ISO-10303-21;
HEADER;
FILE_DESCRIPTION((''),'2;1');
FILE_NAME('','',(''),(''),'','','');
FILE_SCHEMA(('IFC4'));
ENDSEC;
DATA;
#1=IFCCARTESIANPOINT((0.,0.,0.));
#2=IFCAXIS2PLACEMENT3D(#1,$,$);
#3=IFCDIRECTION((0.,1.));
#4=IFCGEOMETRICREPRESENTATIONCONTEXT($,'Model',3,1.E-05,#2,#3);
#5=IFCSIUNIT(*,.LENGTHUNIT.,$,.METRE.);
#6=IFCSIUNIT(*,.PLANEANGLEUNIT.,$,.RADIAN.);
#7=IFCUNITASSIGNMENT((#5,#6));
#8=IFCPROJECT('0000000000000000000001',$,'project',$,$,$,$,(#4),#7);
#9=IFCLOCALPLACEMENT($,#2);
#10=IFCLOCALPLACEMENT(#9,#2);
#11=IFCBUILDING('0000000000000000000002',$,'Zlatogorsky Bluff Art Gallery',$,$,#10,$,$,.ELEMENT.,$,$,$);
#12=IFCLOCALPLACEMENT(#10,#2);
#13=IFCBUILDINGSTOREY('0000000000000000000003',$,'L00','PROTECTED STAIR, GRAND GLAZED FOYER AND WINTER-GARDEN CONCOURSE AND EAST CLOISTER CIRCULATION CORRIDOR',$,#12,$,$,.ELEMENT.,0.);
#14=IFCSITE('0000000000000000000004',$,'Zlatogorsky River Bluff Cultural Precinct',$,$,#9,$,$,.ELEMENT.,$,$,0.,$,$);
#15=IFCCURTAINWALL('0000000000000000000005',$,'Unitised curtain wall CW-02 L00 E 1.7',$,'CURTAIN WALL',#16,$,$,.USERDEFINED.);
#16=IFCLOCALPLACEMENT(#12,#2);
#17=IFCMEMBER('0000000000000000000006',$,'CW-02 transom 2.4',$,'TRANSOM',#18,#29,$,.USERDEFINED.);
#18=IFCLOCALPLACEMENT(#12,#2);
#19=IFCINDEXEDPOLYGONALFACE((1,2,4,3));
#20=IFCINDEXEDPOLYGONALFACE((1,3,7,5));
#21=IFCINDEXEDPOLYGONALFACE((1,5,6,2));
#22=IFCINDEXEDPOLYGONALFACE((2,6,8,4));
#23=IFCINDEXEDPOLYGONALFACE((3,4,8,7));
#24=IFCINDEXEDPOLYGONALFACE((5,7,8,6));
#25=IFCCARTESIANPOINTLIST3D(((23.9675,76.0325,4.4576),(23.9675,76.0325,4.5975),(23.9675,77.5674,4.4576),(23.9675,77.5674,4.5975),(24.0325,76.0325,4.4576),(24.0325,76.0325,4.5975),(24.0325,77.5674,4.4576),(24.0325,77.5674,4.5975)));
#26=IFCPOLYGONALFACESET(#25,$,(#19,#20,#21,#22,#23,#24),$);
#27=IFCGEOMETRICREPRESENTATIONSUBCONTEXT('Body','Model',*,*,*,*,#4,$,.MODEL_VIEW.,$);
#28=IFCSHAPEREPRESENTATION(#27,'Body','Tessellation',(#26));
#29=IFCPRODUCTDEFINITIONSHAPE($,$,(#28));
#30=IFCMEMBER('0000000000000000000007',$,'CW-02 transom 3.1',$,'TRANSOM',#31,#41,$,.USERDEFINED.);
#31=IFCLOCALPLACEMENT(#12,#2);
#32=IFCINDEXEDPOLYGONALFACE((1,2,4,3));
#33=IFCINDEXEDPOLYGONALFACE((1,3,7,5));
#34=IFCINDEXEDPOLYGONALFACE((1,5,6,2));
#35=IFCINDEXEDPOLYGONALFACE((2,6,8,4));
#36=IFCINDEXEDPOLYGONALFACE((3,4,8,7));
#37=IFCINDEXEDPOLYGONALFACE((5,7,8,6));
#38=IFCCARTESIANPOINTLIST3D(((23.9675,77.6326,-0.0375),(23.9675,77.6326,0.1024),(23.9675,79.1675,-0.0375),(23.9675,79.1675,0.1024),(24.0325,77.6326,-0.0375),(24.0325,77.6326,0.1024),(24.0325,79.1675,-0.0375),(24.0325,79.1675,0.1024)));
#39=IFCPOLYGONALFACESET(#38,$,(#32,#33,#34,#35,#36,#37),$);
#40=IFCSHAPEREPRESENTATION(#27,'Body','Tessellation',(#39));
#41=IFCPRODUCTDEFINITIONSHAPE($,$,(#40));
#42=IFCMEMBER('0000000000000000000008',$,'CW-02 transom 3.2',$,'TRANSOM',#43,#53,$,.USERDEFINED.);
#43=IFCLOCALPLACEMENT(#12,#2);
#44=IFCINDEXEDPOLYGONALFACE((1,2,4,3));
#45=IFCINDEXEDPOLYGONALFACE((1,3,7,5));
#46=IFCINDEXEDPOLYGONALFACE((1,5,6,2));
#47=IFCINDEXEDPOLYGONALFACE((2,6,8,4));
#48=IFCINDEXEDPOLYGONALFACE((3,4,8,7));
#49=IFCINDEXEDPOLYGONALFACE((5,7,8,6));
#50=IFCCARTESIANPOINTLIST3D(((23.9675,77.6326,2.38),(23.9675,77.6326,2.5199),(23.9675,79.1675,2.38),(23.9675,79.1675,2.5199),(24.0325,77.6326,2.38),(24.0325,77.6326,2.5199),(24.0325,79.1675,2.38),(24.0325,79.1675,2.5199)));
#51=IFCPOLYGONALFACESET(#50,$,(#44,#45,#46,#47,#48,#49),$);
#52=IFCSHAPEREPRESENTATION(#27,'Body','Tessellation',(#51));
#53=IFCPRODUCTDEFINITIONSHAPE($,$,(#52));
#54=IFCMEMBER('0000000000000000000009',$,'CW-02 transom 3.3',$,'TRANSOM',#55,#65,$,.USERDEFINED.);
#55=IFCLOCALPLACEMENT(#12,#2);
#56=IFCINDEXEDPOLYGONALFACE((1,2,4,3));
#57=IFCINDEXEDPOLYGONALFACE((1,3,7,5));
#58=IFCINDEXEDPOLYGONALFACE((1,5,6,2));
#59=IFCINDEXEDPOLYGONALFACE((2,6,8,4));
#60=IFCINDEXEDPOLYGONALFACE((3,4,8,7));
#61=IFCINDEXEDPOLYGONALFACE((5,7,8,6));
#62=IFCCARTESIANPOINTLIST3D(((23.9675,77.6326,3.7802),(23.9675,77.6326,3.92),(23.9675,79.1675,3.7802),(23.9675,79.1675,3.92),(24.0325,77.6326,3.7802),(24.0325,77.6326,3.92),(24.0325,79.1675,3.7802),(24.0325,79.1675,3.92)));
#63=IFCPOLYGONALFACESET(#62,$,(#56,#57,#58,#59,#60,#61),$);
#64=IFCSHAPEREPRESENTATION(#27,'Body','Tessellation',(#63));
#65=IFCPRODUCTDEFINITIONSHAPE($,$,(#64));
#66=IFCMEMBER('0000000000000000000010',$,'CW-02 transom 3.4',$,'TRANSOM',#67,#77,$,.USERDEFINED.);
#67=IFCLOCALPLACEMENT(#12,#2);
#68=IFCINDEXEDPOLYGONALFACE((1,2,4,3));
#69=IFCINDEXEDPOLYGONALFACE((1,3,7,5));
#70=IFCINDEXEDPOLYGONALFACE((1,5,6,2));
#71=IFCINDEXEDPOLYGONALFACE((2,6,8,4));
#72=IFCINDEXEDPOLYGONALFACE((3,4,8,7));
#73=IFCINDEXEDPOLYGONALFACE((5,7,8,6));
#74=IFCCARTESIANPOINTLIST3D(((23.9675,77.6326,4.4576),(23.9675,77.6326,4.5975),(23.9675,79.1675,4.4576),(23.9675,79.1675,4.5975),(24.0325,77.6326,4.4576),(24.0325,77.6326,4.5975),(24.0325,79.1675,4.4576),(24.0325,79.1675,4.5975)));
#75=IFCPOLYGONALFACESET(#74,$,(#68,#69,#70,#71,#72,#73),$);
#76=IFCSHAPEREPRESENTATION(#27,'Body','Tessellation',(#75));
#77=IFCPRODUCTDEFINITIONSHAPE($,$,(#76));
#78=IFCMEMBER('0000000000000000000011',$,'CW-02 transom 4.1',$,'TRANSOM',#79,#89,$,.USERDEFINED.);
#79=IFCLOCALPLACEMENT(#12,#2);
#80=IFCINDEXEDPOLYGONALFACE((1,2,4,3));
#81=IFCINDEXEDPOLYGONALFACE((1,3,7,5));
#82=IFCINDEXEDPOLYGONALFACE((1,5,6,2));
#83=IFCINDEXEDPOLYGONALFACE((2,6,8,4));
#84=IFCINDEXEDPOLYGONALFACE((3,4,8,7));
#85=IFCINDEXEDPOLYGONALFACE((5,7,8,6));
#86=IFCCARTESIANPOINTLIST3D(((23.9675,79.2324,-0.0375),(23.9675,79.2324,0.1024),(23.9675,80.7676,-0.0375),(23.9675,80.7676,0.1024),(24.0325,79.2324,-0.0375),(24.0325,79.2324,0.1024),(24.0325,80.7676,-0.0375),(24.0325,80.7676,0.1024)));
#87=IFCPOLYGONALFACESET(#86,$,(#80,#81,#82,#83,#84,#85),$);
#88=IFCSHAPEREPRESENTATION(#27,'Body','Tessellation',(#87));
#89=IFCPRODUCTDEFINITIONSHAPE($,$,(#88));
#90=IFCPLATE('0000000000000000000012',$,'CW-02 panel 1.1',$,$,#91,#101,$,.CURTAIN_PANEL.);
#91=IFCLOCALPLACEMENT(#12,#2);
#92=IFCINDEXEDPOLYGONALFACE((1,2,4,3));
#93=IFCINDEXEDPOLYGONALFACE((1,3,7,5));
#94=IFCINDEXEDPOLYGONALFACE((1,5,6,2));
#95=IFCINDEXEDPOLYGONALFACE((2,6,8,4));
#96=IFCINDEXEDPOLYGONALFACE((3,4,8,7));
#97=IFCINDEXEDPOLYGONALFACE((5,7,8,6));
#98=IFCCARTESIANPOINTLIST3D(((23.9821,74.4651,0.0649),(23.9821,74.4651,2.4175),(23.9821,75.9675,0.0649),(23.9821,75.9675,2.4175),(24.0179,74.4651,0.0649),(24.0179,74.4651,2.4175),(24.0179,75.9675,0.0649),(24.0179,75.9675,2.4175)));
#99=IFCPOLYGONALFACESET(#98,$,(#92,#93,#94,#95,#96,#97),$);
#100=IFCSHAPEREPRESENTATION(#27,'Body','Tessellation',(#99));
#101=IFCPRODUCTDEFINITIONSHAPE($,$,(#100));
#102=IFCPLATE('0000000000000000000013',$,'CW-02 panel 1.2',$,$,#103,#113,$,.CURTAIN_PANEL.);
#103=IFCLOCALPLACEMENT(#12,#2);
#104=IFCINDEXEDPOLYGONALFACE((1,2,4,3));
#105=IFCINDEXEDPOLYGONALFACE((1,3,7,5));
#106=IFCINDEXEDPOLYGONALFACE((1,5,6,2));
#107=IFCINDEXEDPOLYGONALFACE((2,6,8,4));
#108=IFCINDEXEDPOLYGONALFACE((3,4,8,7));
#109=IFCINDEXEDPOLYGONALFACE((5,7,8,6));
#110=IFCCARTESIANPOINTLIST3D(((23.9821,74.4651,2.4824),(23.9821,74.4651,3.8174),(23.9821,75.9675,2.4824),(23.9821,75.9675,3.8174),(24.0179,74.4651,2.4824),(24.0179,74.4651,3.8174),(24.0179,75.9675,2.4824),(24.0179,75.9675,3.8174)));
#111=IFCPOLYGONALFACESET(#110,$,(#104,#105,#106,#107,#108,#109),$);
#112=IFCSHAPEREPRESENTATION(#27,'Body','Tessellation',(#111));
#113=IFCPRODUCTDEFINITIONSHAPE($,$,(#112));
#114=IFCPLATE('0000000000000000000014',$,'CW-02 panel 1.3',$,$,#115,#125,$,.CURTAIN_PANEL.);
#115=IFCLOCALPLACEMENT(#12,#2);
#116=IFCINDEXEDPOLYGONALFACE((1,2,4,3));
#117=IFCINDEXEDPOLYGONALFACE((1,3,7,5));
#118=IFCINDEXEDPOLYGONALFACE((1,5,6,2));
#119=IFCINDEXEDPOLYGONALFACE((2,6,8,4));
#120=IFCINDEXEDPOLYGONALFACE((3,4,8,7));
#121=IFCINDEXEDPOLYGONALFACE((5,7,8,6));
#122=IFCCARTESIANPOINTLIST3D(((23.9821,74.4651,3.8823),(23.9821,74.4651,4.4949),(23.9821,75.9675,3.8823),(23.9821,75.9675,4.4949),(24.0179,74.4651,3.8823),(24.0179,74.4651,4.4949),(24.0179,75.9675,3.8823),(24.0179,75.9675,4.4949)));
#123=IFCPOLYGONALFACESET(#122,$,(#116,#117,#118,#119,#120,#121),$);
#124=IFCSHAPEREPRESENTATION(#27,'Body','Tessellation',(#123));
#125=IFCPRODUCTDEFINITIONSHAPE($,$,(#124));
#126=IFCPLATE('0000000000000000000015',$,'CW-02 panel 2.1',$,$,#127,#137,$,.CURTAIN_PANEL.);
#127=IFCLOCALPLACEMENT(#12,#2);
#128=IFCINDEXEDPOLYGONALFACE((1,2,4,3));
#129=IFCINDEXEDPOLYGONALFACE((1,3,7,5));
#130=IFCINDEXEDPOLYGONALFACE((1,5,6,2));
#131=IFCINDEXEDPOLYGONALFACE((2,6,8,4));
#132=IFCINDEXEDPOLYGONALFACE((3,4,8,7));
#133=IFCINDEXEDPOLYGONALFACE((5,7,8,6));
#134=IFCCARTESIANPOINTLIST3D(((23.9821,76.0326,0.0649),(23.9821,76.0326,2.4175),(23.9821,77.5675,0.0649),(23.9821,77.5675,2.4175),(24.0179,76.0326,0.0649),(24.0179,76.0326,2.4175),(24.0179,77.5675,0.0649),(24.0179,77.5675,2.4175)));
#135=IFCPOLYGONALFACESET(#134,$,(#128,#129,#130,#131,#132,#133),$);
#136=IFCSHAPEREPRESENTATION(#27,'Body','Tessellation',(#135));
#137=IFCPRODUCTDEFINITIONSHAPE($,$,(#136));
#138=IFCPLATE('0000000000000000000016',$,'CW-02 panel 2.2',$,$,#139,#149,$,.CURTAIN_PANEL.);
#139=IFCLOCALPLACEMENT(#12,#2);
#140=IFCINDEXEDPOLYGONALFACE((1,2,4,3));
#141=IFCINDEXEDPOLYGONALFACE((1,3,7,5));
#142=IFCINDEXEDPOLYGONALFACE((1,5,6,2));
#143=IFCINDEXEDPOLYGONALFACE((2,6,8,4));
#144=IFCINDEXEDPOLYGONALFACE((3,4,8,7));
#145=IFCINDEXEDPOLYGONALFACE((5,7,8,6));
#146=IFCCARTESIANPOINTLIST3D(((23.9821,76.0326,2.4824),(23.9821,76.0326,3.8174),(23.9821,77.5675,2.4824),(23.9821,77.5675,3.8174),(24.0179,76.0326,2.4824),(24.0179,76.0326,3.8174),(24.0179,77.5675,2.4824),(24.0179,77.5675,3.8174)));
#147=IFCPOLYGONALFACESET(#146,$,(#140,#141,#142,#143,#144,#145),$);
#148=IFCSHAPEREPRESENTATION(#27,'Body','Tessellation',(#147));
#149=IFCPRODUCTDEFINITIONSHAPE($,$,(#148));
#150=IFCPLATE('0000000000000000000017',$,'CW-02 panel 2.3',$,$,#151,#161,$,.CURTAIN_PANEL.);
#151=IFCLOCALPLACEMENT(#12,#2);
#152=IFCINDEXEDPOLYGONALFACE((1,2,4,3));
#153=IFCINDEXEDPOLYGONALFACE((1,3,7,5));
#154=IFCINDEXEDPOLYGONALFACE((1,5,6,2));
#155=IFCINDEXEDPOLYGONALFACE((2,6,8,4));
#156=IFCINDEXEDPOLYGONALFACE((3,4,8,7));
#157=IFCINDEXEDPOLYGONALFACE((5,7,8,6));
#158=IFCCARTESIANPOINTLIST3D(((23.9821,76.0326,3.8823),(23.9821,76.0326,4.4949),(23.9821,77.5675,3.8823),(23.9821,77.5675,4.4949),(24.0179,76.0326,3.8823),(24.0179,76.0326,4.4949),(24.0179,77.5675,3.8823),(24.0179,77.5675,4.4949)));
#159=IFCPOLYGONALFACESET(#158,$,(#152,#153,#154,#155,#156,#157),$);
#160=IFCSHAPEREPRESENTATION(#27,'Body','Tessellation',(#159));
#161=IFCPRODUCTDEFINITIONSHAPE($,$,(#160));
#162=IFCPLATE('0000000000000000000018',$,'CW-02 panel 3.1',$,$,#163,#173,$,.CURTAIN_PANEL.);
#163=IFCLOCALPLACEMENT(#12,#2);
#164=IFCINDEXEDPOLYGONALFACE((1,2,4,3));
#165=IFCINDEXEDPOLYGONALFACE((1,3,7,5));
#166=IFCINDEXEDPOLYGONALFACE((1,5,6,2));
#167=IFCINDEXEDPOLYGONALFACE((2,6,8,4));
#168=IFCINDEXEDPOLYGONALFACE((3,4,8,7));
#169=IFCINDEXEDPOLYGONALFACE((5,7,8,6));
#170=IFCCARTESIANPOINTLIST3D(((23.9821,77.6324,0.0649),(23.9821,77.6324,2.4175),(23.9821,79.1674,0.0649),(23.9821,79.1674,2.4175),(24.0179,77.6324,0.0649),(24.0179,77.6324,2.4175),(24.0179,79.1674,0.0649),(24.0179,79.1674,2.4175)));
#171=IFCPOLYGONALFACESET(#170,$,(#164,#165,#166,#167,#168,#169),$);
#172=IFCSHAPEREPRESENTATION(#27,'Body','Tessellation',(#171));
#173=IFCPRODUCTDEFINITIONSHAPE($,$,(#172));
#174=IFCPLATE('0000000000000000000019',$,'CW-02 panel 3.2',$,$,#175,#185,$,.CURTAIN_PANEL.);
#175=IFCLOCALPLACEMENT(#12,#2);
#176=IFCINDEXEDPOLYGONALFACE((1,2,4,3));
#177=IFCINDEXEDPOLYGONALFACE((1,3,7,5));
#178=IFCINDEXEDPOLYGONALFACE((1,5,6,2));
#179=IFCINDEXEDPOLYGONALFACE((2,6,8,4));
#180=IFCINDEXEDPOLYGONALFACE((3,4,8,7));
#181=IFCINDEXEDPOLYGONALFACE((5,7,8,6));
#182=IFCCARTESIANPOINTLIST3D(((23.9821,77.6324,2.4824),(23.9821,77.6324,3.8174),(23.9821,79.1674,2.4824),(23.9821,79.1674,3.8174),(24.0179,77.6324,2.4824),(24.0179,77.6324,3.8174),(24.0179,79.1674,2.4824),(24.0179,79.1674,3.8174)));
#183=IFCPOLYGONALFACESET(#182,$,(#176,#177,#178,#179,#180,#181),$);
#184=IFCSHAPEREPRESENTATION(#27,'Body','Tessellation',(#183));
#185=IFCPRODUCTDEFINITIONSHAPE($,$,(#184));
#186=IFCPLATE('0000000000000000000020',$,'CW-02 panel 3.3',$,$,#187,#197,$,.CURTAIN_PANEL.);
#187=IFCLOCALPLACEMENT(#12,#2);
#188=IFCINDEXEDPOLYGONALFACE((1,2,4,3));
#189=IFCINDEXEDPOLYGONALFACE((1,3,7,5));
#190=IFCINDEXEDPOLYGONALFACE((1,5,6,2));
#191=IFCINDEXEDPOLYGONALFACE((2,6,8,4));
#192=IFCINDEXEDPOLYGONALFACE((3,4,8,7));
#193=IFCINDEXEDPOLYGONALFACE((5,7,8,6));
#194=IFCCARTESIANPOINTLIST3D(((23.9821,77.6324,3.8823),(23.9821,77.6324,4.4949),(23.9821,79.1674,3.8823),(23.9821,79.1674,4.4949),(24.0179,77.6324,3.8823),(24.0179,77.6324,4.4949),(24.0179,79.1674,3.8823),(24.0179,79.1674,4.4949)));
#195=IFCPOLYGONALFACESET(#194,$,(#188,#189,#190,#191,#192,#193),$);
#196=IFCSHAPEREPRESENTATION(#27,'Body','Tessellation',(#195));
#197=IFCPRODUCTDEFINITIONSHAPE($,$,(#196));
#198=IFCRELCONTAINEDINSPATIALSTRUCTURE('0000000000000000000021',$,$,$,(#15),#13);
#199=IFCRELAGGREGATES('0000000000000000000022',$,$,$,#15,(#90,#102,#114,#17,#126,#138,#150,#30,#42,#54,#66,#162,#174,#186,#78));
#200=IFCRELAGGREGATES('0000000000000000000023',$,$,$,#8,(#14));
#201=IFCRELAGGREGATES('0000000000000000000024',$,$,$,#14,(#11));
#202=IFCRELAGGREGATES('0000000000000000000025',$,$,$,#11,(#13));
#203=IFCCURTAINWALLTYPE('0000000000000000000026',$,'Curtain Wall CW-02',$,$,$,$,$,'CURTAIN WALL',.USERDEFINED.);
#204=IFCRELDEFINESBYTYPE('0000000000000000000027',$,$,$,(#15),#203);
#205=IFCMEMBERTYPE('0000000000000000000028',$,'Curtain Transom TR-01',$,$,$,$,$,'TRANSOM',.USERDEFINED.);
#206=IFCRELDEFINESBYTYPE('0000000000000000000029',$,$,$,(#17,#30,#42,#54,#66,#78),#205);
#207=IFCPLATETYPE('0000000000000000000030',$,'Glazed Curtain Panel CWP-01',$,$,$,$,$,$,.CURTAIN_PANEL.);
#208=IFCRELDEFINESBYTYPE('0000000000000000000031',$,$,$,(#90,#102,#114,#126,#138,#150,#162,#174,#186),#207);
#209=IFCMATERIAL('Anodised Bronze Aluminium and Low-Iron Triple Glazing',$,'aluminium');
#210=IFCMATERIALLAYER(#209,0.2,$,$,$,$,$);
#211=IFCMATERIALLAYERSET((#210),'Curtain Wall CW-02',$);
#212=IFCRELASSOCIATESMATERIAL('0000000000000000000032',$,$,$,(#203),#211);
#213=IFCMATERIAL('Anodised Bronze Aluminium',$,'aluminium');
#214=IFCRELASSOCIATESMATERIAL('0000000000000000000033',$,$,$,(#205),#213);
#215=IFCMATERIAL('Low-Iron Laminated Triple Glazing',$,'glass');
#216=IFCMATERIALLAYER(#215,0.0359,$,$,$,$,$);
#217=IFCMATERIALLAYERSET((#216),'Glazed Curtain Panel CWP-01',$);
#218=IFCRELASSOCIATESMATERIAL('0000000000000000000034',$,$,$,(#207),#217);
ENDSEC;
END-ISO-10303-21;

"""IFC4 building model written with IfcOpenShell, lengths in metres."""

from ifc_helpers import new_model, si_unit, direction, frame, origin, origin_2d, place, context, subcontext, project, spatial, rectangle, extrude, material, layer, layer_set, material_profile, profile_set, type_object, element, aggregate, save


model = new_model("IFC4")

# Units and contexts
model_context = context("Model", 3, precision=1e-05, world=origin(), true_north=direction((0.0, 1.0)))
body_context = subcontext(model_context, "Body", "Model", "MODEL_VIEW")
ifc_project = project(units=[si_unit("LENGTHUNIT", "METRE"), si_unit("PLANEANGLEUNIT", "RADIAN")], contexts=[model_context])

# Site, building, storey
site_placement = place(None, origin())
site = spatial("IfcSite", under=ifc_project, at=site_placement, Name="Zlatogorsky River Bluff Cultural Precinct", CompositionType="ELEMENT", RefElevation=0.0)
building_placement = place(site_placement, origin())
building = spatial("IfcBuilding", under=site, at=building_placement, Name="Zlatogorsky Bluff Art Gallery", CompositionType="ELEMENT")
storey_placement = place(building_placement, origin())
storey = spatial("IfcBuildingStorey", under=building, at=storey_placement, Name="L00", Description="PROTECTED STAIR, GRAND GLAZED FOYER AND WINTER-GARDEN CONCOURSE AND EAST CLOISTER CIRCULATION CORRIDOR", CompositionType="ELEMENT", Elevation=0.0)

# Curtain wall, members, plates
ifc_material_1 = material(Name="Anodised Bronze Aluminium and Low-Iron Triple Glazing", Category="aluminium")
ifc_layer_1 = layer(ifc_material_1, 0.2)
ifc_layer_set_1 = layer_set([ifc_layer_1], Name="Curtain Wall CW-02")
curtain_wall_type = type_object("IfcCurtainWallType", Name="Curtain Wall CW-02", ElementType="CURTAIN WALL", PredefinedType="USERDEFINED", material=ifc_layer_set_1)
curtain_wall_placement = place(storey_placement, origin())
curtain_wall = element("IfcCurtainWall", 1, at=curtain_wall_placement, inside=storey, type_object=curtain_wall_type, Name="Unitised curtain wall CW-02 L00 E 1.7", ObjectType="CURTAIN WALL", PredefinedType="USERDEFINED")
ifc_material_2 = material(Name="Anodised Bronze Aluminium", Category="aluminium")
ifc_material_profile_1 = material_profile(ifc_material_2, rectangle(XDim=0.0649, YDim=0.1399, at=origin_2d()), Name="ALU TRANSOM 65x140")
ifc_profile_set_1 = profile_set([ifc_material_profile_1], Name="Anodised Bronze Aluminium")
member_type_1 = type_object("IfcMemberType", Name="Curtain Transom TR-01", ElementType="TRANSOM", PredefinedType="USERDEFINED", material=ifc_profile_set_1)
member_1_placement = place(storey_placement, frame((24.0, 76.0325, 4.5276), z_axis=(0.0, 1.0, 0.0), x_axis=(-1.0, 0.0, 0.0)))
member_1 = element("IfcMember", 2, at=member_1_placement, type_object=member_type_1, Name="CW-02 transom 2.4", ObjectType="TRANSOM", PredefinedType="USERDEFINED", context=body_context, shape_type="SweptSolid", body=[
    extrude(rectangle(XDim=0.0649, YDim=0.1399, at=origin_2d()), origin(), (0.0, 0.0, 1.0), 1.5349),
])
member_2_placement = place(storey_placement, frame((24.0, 77.6326, 0.0325), z_axis=(0.0, 1.0, 0.0), x_axis=(-1.0, 0.0, 0.0)))
member_2 = element("IfcMember", 3, at=member_2_placement, type_object=member_type_1, Name="CW-02 transom 3.1", ObjectType="TRANSOM", PredefinedType="USERDEFINED", context=body_context, shape_type="SweptSolid", body=[
    extrude(rectangle(XDim=0.0649, YDim=0.1399, at=origin_2d()), origin(), (0.0, 0.0, 1.0), 1.5349),
])
member_3_placement = place(storey_placement, frame((24.0, 77.6326, 2.45), z_axis=(0.0, 1.0, 0.0), x_axis=(-1.0, 0.0, 0.0)))
member_3 = element("IfcMember", 4, at=member_3_placement, type_object=member_type_1, Name="CW-02 transom 3.2", ObjectType="TRANSOM", PredefinedType="USERDEFINED", context=body_context, shape_type="SweptSolid", body=[
    extrude(rectangle(XDim=0.0649, YDim=0.1399, at=origin_2d()), origin(), (0.0, 0.0, 1.0), 1.5349),
])
member_4_placement = place(storey_placement, frame((24.0, 77.6326, 3.8501), z_axis=(0.0, 1.0, 0.0), x_axis=(-1.0, 0.0, 0.0)))
member_4 = element("IfcMember", 5, at=member_4_placement, type_object=member_type_1, Name="CW-02 transom 3.3", ObjectType="TRANSOM", PredefinedType="USERDEFINED", context=body_context, shape_type="SweptSolid", body=[
    extrude(rectangle(XDim=0.0649, YDim=0.1399, at=origin_2d()), origin(), (0.0, 0.0, 1.0), 1.5349),
])
member_5_placement = place(storey_placement, frame((24.0, 77.6326, 4.5276), z_axis=(0.0, 1.0, 0.0), x_axis=(-1.0, 0.0, 0.0)))
member_5 = element("IfcMember", 6, at=member_5_placement, type_object=member_type_1, Name="CW-02 transom 3.4", ObjectType="TRANSOM", PredefinedType="USERDEFINED", context=body_context, shape_type="SweptSolid", body=[
    extrude(rectangle(XDim=0.0649, YDim=0.1399, at=origin_2d()), origin(), (0.0, 0.0, 1.0), 1.5349),
])
member_6_placement = place(storey_placement, frame((24.0, 79.2324, 0.0325), z_axis=(0.0, 1.0, 0.0), x_axis=(-1.0, 0.0, 0.0)))
member_6 = element("IfcMember", 7, at=member_6_placement, type_object=member_type_1, Name="CW-02 transom 4.1", ObjectType="TRANSOM", PredefinedType="USERDEFINED", context=body_context, shape_type="SweptSolid", body=[
    extrude(rectangle(XDim=0.0649, YDim=0.1399, at=origin_2d()), origin(), (0.0, 0.0, 1.0), 1.5352),
])
ifc_material_3 = material(Name="Low-Iron Laminated Triple Glazing", Category="glass")
ifc_layer_2 = layer(ifc_material_3, 0.0359)
ifc_layer_set_2 = layer_set([ifc_layer_2], Name="Glazed Curtain Panel CWP-01")
plate_type = type_object("IfcPlateType", Name="Glazed Curtain Panel CWP-01", PredefinedType="CURTAIN_PANEL", material=ifc_layer_set_2)
plate_1_placement = place(storey_placement, frame((24.0, 75.2163, 0.0649), z_axis=(0.0, 0.0, 1.0), x_axis=(0.0, 1.0, 0.0)))
plate_1 = element("IfcPlate", 8, at=plate_1_placement, type_object=plate_type, Name="CW-02 panel 1.1", PredefinedType="CURTAIN_PANEL", context=body_context, shape_type="SweptSolid", body=[
    extrude(rectangle(XDim=1.5024, YDim=0.0359, at=origin_2d()), origin(), (0.0, 0.0, 1.0), 2.3525),
])
plate_2_placement = place(storey_placement, frame((24.0, 75.2163, 2.4824), z_axis=(0.0, 0.0, 1.0), x_axis=(0.0, 1.0, 0.0)))
plate_2 = element("IfcPlate", 9, at=plate_2_placement, type_object=plate_type, Name="CW-02 panel 1.2", PredefinedType="CURTAIN_PANEL", context=body_context, shape_type="SweptSolid", body=[
    extrude(rectangle(XDim=1.5024, YDim=0.0359, at=origin_2d()), origin(), (0.0, 0.0, 1.0), 1.335),
])
plate_3_placement = place(storey_placement, frame((24.0, 75.2163, 3.8823), z_axis=(0.0, 0.0, 1.0), x_axis=(0.0, 1.0, 0.0)))
plate_3 = element("IfcPlate", 10, at=plate_3_placement, type_object=plate_type, Name="CW-02 panel 1.3", PredefinedType="CURTAIN_PANEL", context=body_context, shape_type="SweptSolid", body=[
    extrude(rectangle(XDim=1.5024, YDim=0.0359, at=origin_2d()), origin(), (0.0, 0.0, 1.0), 0.6125),
])
plate_4_placement = place(storey_placement, frame((24.0, 76.8, 0.0649), z_axis=(0.0, 0.0, 1.0), x_axis=(0.0, 1.0, 0.0)))
plate_4 = element("IfcPlate", 11, at=plate_4_placement, type_object=plate_type, Name="CW-02 panel 2.1", PredefinedType="CURTAIN_PANEL", context=body_context, shape_type="SweptSolid", body=[
    extrude(rectangle(XDim=1.5349, YDim=0.0359, at=origin_2d()), origin(), (0.0, 0.0, 1.0), 2.3525),
])
plate_5_placement = place(storey_placement, frame((24.0, 76.8, 2.4824), z_axis=(0.0, 0.0, 1.0), x_axis=(0.0, 1.0, 0.0)))
plate_5 = element("IfcPlate", 12, at=plate_5_placement, type_object=plate_type, Name="CW-02 panel 2.2", PredefinedType="CURTAIN_PANEL", context=body_context, shape_type="SweptSolid", body=[
    extrude(rectangle(XDim=1.5349, YDim=0.0359, at=origin_2d()), origin(), (0.0, 0.0, 1.0), 1.335),
])
plate_6_placement = place(storey_placement, frame((24.0, 76.8, 3.8823), z_axis=(0.0, 0.0, 1.0), x_axis=(0.0, 1.0, 0.0)))
plate_6 = element("IfcPlate", 13, at=plate_6_placement, type_object=plate_type, Name="CW-02 panel 2.3", PredefinedType="CURTAIN_PANEL", context=body_context, shape_type="SweptSolid", body=[
    extrude(rectangle(XDim=1.5349, YDim=0.0359, at=origin_2d()), origin(), (0.0, 0.0, 1.0), 0.6125),
])
plate_7_placement = place(storey_placement, frame((24.0, 78.3999, 0.0649), z_axis=(0.0, 0.0, 1.0), x_axis=(0.0, 1.0, 0.0)))
plate_7 = element("IfcPlate", 14, at=plate_7_placement, type_object=plate_type, Name="CW-02 panel 3.1", PredefinedType="CURTAIN_PANEL", context=body_context, shape_type="SweptSolid", body=[
    extrude(rectangle(XDim=1.5349, YDim=0.0359, at=origin_2d()), origin(), (0.0, 0.0, 1.0), 2.3525),
])
plate_8_placement = place(storey_placement, frame((24.0, 78.3999, 2.4824), z_axis=(0.0, 0.0, 1.0), x_axis=(0.0, 1.0, 0.0)))
plate_8 = element("IfcPlate", 15, at=plate_8_placement, type_object=plate_type, Name="CW-02 panel 3.2", PredefinedType="CURTAIN_PANEL", context=body_context, shape_type="SweptSolid", body=[
    extrude(rectangle(XDim=1.5349, YDim=0.0359, at=origin_2d()), origin(), (0.0, 0.0, 1.0), 1.335),
])
plate_9_placement = place(storey_placement, frame((24.0, 78.3999, 3.8823), z_axis=(0.0, 0.0, 1.0), x_axis=(0.0, 1.0, 0.0)))
plate_9 = element("IfcPlate", 16, at=plate_9_placement, type_object=plate_type, Name="CW-02 panel 3.3", PredefinedType="CURTAIN_PANEL", context=body_context, shape_type="SweptSolid", body=[
    extrude(rectangle(XDim=1.5349, YDim=0.0359, at=origin_2d()), origin(), (0.0, 0.0, 1.0), 0.6125),
])
aggregate(curtain_wall, [plate_1, plate_2, plate_3, member_1, plate_4, plate_5, plate_6, member_2, member_3, member_4, member_5, plate_7, plate_8, plate_9, member_6])

save(model, "model.ifc")
